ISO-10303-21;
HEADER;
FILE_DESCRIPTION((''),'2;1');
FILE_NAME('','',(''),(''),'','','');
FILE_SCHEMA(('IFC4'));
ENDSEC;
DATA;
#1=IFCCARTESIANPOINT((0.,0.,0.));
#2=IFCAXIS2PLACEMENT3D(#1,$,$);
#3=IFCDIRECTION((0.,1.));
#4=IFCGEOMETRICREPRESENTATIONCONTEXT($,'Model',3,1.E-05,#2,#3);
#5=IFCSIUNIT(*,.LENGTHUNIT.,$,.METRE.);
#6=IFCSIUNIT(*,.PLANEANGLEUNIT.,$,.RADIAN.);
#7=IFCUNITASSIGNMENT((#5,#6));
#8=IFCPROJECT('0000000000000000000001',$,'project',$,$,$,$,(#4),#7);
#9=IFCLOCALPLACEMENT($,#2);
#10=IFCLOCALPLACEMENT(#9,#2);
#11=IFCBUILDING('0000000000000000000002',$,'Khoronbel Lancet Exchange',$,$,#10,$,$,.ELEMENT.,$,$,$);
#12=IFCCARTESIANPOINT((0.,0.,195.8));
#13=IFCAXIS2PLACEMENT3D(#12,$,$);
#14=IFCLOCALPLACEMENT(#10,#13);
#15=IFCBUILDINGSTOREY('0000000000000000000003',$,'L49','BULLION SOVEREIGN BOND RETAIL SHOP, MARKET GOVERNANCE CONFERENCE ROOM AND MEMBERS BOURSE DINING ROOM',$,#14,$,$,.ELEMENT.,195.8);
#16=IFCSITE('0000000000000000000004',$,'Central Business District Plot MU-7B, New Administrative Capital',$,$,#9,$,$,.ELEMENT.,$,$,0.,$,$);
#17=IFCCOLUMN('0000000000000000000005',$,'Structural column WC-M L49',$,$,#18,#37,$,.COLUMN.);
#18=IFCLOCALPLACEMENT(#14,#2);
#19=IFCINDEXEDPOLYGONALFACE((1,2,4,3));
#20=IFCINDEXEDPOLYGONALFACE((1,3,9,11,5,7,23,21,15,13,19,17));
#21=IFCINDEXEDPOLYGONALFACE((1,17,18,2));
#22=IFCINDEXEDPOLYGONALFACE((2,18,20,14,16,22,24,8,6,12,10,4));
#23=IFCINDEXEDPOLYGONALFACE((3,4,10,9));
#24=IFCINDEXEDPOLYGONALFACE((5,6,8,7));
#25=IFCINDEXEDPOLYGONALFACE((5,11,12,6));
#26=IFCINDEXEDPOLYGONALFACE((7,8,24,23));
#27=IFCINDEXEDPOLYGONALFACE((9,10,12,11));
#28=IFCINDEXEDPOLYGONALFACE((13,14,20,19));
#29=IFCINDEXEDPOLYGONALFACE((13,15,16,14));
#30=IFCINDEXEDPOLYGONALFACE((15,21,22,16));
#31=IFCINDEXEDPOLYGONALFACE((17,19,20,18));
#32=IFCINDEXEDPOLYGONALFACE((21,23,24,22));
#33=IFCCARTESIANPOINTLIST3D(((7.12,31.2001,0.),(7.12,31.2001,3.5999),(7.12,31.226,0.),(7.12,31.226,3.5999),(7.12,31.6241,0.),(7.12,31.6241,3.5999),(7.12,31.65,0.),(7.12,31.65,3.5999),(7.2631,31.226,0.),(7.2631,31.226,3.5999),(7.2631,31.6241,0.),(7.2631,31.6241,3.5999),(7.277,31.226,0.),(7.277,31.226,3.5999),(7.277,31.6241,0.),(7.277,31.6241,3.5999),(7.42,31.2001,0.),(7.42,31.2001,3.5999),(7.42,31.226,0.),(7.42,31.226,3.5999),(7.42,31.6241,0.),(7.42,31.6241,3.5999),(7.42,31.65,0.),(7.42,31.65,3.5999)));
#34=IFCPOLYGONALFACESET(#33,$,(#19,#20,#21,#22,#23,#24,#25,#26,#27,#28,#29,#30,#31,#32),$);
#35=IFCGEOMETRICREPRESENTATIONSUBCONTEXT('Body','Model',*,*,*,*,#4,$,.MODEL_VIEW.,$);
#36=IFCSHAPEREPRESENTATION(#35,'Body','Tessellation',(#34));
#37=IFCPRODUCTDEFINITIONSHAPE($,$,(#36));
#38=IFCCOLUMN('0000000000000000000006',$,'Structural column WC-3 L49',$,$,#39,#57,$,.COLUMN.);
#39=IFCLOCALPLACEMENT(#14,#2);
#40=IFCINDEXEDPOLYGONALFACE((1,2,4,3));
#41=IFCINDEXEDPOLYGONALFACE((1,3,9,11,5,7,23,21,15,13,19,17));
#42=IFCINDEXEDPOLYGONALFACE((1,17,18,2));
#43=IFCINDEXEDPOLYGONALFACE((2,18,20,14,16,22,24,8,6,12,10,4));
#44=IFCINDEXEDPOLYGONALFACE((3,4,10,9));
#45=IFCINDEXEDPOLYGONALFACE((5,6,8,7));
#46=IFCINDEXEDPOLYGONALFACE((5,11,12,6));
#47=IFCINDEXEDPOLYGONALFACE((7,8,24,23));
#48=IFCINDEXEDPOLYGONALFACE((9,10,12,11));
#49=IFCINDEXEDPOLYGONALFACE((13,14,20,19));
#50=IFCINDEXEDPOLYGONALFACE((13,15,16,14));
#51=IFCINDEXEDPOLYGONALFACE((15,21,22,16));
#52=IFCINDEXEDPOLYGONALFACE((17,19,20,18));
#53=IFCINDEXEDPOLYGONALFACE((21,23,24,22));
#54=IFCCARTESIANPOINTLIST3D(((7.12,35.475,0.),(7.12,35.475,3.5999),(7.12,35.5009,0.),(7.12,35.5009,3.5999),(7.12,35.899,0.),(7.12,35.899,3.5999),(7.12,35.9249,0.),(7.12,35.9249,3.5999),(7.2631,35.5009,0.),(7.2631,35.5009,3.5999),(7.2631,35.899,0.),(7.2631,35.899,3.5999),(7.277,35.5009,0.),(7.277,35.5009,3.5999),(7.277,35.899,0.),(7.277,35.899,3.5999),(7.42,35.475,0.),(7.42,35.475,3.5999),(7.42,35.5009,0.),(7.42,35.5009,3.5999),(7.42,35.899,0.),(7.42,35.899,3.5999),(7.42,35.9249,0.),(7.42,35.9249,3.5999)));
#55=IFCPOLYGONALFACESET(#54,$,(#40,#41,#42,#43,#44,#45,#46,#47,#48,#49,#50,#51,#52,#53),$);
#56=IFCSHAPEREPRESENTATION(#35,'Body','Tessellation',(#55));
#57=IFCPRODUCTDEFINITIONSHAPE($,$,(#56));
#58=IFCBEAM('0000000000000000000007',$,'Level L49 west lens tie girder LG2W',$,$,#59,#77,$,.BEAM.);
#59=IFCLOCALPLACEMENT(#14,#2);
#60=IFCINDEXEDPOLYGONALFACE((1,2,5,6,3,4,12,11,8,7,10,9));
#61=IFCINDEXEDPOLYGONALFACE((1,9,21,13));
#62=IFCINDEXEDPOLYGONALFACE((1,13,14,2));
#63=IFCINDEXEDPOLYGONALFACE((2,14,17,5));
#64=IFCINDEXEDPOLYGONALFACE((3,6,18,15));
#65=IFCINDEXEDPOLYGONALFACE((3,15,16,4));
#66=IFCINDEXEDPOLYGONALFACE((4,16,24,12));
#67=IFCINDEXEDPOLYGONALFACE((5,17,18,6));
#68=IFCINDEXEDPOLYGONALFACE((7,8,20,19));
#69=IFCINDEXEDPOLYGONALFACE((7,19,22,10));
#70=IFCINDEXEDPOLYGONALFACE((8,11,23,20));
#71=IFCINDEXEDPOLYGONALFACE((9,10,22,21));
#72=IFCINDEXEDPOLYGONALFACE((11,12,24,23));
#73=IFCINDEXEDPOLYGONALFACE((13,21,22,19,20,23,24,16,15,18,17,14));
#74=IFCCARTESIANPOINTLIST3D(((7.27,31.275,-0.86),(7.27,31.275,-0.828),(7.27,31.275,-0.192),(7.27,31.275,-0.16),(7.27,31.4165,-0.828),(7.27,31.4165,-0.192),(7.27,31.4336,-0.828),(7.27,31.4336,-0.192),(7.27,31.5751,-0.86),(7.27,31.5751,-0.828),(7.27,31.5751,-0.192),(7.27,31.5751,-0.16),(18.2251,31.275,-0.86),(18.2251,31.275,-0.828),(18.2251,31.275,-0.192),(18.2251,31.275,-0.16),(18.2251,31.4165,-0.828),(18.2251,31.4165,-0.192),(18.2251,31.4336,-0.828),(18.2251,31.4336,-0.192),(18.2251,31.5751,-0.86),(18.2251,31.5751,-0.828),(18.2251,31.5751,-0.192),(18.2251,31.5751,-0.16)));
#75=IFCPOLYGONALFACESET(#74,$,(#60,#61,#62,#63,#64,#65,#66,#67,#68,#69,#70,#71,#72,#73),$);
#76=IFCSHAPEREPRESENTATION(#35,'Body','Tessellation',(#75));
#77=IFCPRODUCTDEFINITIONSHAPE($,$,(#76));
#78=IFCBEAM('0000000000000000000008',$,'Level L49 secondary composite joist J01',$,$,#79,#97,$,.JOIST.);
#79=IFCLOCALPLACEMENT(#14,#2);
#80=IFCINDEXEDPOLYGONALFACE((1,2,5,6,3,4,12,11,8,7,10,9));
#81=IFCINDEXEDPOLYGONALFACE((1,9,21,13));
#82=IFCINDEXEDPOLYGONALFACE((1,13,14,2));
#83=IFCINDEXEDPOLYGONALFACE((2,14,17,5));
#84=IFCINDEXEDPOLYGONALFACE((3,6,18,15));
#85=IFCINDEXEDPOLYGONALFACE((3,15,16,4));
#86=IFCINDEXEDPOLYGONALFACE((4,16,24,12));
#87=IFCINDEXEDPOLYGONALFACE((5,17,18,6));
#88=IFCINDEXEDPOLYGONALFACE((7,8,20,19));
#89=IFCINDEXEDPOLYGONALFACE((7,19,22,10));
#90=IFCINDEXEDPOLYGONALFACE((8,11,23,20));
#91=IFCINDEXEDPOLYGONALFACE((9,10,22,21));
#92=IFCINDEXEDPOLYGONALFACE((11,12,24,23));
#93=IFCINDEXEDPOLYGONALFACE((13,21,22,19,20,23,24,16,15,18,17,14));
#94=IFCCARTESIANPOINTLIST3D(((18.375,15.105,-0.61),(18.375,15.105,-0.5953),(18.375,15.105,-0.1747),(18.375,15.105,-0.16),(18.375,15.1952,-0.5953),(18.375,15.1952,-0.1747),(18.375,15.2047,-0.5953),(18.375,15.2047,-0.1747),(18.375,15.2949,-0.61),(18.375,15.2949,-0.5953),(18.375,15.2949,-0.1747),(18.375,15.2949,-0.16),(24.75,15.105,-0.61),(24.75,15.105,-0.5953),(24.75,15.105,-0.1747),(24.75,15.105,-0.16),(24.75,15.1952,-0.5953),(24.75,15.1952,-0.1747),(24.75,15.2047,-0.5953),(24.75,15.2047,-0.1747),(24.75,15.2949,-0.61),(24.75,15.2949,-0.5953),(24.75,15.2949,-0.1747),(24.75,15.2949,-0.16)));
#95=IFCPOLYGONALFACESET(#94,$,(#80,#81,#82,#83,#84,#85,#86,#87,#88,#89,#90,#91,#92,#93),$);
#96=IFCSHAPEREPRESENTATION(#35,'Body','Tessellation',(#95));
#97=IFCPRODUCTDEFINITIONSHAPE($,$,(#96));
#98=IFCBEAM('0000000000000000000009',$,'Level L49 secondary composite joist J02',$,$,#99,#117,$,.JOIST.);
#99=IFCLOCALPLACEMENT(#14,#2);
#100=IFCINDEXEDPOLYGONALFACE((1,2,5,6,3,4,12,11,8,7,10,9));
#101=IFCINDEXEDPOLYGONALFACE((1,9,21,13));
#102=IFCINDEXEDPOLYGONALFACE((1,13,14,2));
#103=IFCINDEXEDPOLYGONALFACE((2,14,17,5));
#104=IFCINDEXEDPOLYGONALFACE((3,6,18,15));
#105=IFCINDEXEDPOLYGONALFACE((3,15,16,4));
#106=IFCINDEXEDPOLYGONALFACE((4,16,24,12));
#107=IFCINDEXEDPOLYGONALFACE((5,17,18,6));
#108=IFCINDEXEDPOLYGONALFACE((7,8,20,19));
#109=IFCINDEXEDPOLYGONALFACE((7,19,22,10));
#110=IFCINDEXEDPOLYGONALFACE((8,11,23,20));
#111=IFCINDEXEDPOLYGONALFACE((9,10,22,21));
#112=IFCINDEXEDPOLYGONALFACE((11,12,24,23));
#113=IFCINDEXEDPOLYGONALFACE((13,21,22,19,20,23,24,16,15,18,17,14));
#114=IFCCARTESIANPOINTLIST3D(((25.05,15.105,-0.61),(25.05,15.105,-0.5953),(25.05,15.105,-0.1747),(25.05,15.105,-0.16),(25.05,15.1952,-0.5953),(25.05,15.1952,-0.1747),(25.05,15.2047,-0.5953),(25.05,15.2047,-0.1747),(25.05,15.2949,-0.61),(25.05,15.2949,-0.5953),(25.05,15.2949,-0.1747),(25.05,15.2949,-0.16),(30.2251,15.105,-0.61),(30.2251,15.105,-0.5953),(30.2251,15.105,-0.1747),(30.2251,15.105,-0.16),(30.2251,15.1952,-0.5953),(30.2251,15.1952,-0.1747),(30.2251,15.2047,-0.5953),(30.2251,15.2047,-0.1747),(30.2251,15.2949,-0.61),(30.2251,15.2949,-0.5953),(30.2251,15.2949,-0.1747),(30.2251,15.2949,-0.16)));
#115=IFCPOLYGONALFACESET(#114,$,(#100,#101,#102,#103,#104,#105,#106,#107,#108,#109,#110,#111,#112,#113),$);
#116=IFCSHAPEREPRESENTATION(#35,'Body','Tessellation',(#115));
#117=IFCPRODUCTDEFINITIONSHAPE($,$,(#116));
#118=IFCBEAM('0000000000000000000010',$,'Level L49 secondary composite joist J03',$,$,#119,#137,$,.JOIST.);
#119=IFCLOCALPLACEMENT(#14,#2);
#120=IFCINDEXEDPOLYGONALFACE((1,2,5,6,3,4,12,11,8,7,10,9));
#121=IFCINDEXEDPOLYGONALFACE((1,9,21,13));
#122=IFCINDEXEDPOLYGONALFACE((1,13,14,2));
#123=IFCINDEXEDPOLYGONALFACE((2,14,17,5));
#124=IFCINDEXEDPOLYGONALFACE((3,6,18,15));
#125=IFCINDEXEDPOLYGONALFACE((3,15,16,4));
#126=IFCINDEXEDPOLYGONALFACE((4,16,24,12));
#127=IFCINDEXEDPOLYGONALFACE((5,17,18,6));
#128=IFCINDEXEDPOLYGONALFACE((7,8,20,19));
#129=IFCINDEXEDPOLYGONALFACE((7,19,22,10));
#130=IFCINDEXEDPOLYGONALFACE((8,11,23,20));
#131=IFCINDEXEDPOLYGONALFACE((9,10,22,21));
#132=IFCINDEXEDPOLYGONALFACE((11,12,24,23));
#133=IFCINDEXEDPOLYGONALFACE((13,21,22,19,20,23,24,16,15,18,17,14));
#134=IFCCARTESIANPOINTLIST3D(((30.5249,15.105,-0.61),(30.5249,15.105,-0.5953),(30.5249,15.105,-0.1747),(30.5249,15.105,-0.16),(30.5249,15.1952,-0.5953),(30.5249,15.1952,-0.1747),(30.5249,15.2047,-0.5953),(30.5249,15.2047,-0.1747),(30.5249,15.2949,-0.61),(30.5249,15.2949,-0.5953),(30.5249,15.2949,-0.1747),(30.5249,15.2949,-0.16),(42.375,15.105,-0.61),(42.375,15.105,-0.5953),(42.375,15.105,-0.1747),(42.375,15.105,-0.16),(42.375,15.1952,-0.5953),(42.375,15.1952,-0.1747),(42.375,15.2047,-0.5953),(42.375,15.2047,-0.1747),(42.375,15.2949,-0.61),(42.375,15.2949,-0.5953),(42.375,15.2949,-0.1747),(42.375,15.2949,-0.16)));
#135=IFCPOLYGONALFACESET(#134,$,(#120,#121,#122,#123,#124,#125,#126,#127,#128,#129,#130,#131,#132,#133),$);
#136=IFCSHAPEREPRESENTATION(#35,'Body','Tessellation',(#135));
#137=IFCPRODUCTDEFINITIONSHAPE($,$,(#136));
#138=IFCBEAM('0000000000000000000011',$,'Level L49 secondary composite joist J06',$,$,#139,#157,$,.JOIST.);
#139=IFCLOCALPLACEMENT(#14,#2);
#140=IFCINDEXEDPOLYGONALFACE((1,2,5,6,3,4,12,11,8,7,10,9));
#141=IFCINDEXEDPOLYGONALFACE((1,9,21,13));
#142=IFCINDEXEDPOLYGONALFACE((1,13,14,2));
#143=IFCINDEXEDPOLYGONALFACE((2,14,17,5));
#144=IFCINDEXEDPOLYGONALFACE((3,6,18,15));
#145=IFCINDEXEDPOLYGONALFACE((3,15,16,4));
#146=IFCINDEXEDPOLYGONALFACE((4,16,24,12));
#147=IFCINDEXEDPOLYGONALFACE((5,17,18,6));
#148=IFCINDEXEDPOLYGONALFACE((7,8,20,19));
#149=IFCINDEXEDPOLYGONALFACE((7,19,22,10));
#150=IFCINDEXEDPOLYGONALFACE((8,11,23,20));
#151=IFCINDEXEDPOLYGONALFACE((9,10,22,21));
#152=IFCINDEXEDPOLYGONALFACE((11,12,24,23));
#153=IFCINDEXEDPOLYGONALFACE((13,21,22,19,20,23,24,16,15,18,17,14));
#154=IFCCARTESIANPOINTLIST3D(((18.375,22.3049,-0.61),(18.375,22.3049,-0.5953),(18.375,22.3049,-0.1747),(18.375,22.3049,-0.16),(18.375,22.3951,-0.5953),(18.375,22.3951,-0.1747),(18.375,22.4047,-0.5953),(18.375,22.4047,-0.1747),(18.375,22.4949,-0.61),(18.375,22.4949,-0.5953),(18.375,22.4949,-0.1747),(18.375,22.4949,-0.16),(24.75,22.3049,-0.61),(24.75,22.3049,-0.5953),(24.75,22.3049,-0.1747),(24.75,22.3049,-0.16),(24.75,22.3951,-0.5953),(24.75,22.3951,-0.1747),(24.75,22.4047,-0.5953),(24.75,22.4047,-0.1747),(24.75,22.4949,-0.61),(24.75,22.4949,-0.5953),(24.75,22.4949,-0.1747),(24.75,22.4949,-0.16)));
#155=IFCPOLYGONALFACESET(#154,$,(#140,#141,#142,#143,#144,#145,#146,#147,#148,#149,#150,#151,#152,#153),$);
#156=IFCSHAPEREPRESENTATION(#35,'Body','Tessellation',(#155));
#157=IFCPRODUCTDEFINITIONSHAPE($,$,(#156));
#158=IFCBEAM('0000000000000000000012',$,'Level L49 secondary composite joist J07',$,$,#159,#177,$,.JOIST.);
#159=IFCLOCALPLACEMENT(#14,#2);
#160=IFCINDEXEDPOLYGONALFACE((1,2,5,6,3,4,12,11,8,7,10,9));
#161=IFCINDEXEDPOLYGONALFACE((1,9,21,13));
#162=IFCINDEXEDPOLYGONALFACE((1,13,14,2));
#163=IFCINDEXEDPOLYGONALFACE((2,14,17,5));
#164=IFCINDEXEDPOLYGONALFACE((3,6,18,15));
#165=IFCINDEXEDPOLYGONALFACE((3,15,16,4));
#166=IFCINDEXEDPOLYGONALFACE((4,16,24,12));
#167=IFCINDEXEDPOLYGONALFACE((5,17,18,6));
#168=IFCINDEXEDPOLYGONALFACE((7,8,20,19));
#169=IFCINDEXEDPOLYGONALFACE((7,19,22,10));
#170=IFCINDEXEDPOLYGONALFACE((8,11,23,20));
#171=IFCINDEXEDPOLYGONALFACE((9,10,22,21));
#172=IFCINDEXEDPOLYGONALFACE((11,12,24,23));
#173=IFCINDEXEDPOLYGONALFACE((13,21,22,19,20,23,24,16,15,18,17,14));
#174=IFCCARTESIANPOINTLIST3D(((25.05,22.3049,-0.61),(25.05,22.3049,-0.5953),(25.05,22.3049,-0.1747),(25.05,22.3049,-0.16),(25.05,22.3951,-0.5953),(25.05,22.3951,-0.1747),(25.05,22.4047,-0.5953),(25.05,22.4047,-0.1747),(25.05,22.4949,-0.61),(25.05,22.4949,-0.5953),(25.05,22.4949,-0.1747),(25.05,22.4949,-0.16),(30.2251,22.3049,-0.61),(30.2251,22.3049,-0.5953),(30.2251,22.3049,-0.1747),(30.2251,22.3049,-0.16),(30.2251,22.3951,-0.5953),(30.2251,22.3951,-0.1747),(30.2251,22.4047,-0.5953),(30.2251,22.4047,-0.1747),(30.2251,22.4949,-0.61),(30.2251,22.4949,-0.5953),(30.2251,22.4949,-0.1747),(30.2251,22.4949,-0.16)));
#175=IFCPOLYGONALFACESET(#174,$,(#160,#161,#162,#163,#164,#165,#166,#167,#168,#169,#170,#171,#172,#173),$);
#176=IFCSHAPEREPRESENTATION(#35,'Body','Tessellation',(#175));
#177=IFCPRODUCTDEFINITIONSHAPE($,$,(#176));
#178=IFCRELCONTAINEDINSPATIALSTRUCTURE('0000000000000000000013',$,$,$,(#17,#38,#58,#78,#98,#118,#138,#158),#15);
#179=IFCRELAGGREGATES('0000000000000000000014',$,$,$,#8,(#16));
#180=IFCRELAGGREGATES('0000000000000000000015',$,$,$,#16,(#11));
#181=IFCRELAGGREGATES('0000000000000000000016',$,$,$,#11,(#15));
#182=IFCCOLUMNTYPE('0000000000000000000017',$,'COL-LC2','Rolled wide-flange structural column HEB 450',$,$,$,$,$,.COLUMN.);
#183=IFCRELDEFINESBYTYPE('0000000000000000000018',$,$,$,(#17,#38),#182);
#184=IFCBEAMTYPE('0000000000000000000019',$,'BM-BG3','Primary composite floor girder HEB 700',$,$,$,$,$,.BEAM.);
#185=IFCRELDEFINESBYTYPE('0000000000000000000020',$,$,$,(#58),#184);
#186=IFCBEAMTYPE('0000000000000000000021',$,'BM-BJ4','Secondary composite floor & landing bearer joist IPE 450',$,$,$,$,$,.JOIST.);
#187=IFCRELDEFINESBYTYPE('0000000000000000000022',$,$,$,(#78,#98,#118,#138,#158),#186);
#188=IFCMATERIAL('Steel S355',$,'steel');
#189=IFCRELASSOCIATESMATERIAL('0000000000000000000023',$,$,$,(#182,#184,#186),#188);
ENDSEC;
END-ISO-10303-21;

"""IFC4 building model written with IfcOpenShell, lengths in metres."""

from ifc_helpers import new_model, si_unit, direction, frame, origin, origin_2d, place, context, subcontext, project, spatial, i_section, extrude, material, material_profile, profile_set, type_object, element, save


model = new_model("IFC4")

# Units and contexts
model_context = context("Model", 3, precision=1e-05, world=origin(), true_north=direction((0.0, 1.0)))
body_context = subcontext(model_context, "Body", "Model", "MODEL_VIEW")
ifc_project = project(units=[si_unit("LENGTHUNIT", "METRE"), si_unit("PLANEANGLEUNIT", "RADIAN")], contexts=[model_context])

# Site, building, storey
site_placement = place(None, origin())
site = spatial("IfcSite", under=ifc_project, at=site_placement, Name="Central Business District Plot MU-7B, New Administrative Capital", CompositionType="ELEMENT", RefElevation=0.0)
building_placement = place(site_placement, origin())
building = spatial("IfcBuilding", under=site, at=building_placement, Name="Khoronbel Lancet Exchange", CompositionType="ELEMENT")
storey_placement = place(building_placement, frame((0.0, 0.0, 195.8)))
storey = spatial("IfcBuildingStorey", under=building, at=storey_placement, Name="L49", Description="BULLION SOVEREIGN BOND RETAIL SHOP, MARKET GOVERNANCE CONFERENCE ROOM AND MEMBERS BOURSE DINING ROOM", CompositionType="ELEMENT", Elevation=195.8)

# Columns
ifc_material_1 = material(Name="Steel S355", Category="steel")
ifc_material_profile_1 = material_profile(ifc_material_1, i_section(OverallWidth=0.3, OverallDepth=0.45, WebThickness=0.0139, FlangeThickness=0.0259, at=origin_2d()), Name="HEB 450")
ifc_profile_set_1 = profile_set([ifc_material_profile_1], Name="Steel S355")
column_type = type_object("IfcColumnType", Name="COL-LC2", Description="Rolled wide-flange structural column HEB 450", PredefinedType="COLUMN", material=ifc_profile_set_1)
for number, where, z_axis, x_axis, name in (
    (1, (7.27, 31.425, 0.0), (0.0, 0.0, 1.0), (1.0, 0.0, 0.0), "Structural column WC-M L49"),
    (2, (7.27, 35.7, 0.0), (0.0, 0.0, 1.0), (1.0, 0.0, 0.0), "Structural column WC-3 L49"),
):
    element("IfcColumn", number, at=place(storey_placement, frame(where, z_axis=z_axis, x_axis=x_axis)), inside=storey, type_object=column_type, Name=name, PredefinedType="COLUMN", context=body_context, shape_type="SweptSolid", body=[
        extrude(i_section(OverallWidth=0.3, OverallDepth=0.45, WebThickness=0.0139, FlangeThickness=0.0259, at=origin_2d()), origin(), (0.0, 0.0, 1.0), 3.5999),
    ])

# Beams
ifc_material_profile_2 = material_profile(ifc_material_1, i_section(OverallWidth=0.3, OverallDepth=0.7, WebThickness=0.0171, FlangeThickness=0.032, at=origin_2d()), Name="HEB 700")
ifc_profile_set_2 = profile_set([ifc_material_profile_2], Name="Steel S355")
beam_type_1 = type_object("IfcBeamType", Name="BM-BG3", Description="Primary composite floor girder HEB 700", PredefinedType="BEAM", material=ifc_profile_set_2)
beam_1_placement = place(storey_placement, frame((7.27, 31.425, -0.51), z_axis=(1.0, 0.0, 0.0), x_axis=(0.0, 1.0, 0.0)))
element("IfcBeam", 3, at=beam_1_placement, inside=storey, type_object=beam_type_1, Name="Level L49 west lens tie girder LG2W", PredefinedType="BEAM", context=body_context, shape_type="SweptSolid", body=[
    extrude(i_section(OverallWidth=0.3, OverallDepth=0.7, WebThickness=0.0171, FlangeThickness=0.032, at=origin_2d()), origin(), (0.0, 0.0, 1.0), 10.9551),
])
ifc_material_profile_3 = material_profile(ifc_material_1, i_section(OverallWidth=0.1899, OverallDepth=0.45, WebThickness=0.0095, FlangeThickness=0.0146, at=origin_2d()), Name="IPE 450")
ifc_profile_set_3 = profile_set([ifc_material_profile_3], Name="Steel S355")
beam_type_2 = type_object("IfcBeamType", Name="BM-BJ4", Description="Secondary composite floor & landing bearer joist IPE 450", PredefinedType="JOIST", material=ifc_profile_set_3)
beam_2_placement = place(storey_placement, frame((18.375, 15.2, -0.385), z_axis=(1.0, 0.0, 0.0), x_axis=(0.0, 1.0, 0.0)))
element("IfcBeam", 4, at=beam_2_placement, inside=storey, type_object=beam_type_2, Name="Level L49 secondary composite joist J01", PredefinedType="JOIST", context=body_context, shape_type="SweptSolid", body=[
    extrude(i_section(OverallWidth=0.1899, OverallDepth=0.45, WebThickness=0.0095, FlangeThickness=0.0146, at=origin_2d()), origin(), (0.0, 0.0, 1.0), 6.375),
])
beam_3_placement = place(storey_placement, frame((25.05, 15.2, -0.385), z_axis=(1.0, 0.0, 0.0), x_axis=(0.0, 1.0, 0.0)))
element("IfcBeam", 5, at=beam_3_placement, inside=storey, type_object=beam_type_2, Name="Level L49 secondary composite joist J02", PredefinedType="JOIST", context=body_context, shape_type="SweptSolid", body=[
    extrude(i_section(OverallWidth=0.1899, OverallDepth=0.45, WebThickness=0.0095, FlangeThickness=0.0146, at=origin_2d()), origin(), (0.0, 0.0, 1.0), 5.175),
])
beam_4_placement = place(storey_placement, frame((30.5249, 15.2, -0.385), z_axis=(1.0, 0.0, 0.0), x_axis=(0.0, 1.0, 0.0)))
element("IfcBeam", 6, at=beam_4_placement, inside=storey, type_object=beam_type_2, Name="Level L49 secondary composite joist J03", PredefinedType="JOIST", context=body_context, shape_type="SweptSolid", body=[
    extrude(i_section(OverallWidth=0.1899, OverallDepth=0.45, WebThickness=0.0095, FlangeThickness=0.0146, at=origin_2d()), origin(), (0.0, 0.0, 1.0), 11.8501),
])
beam_5_placement = place(storey_placement, frame((18.375, 22.3999, -0.385), z_axis=(1.0, 0.0, 0.0), x_axis=(0.0, 1.0, 0.0)))
element("IfcBeam", 7, at=beam_5_placement, inside=storey, type_object=beam_type_2, Name="Level L49 secondary composite joist J06", PredefinedType="JOIST", context=body_context, shape_type="SweptSolid", body=[
    extrude(i_section(OverallWidth=0.1899, OverallDepth=0.45, WebThickness=0.0095, FlangeThickness=0.0146, at=origin_2d()), origin(), (0.0, 0.0, 1.0), 6.375),
])
beam_6_placement = place(storey_placement, frame((25.05, 22.3999, -0.385), z_axis=(1.0, 0.0, 0.0), x_axis=(0.0, 1.0, 0.0)))
element("IfcBeam", 8, at=beam_6_placement, inside=storey, type_object=beam_type_2, Name="Level L49 secondary composite joist J07", PredefinedType="JOIST", context=body_context, shape_type="SweptSolid", body=[
    extrude(i_section(OverallWidth=0.1899, OverallDepth=0.45, WebThickness=0.0095, FlangeThickness=0.0146, at=origin_2d()), origin(), (0.0, 0.0, 1.0), 5.175),
])

save(model, "model.ifc")
